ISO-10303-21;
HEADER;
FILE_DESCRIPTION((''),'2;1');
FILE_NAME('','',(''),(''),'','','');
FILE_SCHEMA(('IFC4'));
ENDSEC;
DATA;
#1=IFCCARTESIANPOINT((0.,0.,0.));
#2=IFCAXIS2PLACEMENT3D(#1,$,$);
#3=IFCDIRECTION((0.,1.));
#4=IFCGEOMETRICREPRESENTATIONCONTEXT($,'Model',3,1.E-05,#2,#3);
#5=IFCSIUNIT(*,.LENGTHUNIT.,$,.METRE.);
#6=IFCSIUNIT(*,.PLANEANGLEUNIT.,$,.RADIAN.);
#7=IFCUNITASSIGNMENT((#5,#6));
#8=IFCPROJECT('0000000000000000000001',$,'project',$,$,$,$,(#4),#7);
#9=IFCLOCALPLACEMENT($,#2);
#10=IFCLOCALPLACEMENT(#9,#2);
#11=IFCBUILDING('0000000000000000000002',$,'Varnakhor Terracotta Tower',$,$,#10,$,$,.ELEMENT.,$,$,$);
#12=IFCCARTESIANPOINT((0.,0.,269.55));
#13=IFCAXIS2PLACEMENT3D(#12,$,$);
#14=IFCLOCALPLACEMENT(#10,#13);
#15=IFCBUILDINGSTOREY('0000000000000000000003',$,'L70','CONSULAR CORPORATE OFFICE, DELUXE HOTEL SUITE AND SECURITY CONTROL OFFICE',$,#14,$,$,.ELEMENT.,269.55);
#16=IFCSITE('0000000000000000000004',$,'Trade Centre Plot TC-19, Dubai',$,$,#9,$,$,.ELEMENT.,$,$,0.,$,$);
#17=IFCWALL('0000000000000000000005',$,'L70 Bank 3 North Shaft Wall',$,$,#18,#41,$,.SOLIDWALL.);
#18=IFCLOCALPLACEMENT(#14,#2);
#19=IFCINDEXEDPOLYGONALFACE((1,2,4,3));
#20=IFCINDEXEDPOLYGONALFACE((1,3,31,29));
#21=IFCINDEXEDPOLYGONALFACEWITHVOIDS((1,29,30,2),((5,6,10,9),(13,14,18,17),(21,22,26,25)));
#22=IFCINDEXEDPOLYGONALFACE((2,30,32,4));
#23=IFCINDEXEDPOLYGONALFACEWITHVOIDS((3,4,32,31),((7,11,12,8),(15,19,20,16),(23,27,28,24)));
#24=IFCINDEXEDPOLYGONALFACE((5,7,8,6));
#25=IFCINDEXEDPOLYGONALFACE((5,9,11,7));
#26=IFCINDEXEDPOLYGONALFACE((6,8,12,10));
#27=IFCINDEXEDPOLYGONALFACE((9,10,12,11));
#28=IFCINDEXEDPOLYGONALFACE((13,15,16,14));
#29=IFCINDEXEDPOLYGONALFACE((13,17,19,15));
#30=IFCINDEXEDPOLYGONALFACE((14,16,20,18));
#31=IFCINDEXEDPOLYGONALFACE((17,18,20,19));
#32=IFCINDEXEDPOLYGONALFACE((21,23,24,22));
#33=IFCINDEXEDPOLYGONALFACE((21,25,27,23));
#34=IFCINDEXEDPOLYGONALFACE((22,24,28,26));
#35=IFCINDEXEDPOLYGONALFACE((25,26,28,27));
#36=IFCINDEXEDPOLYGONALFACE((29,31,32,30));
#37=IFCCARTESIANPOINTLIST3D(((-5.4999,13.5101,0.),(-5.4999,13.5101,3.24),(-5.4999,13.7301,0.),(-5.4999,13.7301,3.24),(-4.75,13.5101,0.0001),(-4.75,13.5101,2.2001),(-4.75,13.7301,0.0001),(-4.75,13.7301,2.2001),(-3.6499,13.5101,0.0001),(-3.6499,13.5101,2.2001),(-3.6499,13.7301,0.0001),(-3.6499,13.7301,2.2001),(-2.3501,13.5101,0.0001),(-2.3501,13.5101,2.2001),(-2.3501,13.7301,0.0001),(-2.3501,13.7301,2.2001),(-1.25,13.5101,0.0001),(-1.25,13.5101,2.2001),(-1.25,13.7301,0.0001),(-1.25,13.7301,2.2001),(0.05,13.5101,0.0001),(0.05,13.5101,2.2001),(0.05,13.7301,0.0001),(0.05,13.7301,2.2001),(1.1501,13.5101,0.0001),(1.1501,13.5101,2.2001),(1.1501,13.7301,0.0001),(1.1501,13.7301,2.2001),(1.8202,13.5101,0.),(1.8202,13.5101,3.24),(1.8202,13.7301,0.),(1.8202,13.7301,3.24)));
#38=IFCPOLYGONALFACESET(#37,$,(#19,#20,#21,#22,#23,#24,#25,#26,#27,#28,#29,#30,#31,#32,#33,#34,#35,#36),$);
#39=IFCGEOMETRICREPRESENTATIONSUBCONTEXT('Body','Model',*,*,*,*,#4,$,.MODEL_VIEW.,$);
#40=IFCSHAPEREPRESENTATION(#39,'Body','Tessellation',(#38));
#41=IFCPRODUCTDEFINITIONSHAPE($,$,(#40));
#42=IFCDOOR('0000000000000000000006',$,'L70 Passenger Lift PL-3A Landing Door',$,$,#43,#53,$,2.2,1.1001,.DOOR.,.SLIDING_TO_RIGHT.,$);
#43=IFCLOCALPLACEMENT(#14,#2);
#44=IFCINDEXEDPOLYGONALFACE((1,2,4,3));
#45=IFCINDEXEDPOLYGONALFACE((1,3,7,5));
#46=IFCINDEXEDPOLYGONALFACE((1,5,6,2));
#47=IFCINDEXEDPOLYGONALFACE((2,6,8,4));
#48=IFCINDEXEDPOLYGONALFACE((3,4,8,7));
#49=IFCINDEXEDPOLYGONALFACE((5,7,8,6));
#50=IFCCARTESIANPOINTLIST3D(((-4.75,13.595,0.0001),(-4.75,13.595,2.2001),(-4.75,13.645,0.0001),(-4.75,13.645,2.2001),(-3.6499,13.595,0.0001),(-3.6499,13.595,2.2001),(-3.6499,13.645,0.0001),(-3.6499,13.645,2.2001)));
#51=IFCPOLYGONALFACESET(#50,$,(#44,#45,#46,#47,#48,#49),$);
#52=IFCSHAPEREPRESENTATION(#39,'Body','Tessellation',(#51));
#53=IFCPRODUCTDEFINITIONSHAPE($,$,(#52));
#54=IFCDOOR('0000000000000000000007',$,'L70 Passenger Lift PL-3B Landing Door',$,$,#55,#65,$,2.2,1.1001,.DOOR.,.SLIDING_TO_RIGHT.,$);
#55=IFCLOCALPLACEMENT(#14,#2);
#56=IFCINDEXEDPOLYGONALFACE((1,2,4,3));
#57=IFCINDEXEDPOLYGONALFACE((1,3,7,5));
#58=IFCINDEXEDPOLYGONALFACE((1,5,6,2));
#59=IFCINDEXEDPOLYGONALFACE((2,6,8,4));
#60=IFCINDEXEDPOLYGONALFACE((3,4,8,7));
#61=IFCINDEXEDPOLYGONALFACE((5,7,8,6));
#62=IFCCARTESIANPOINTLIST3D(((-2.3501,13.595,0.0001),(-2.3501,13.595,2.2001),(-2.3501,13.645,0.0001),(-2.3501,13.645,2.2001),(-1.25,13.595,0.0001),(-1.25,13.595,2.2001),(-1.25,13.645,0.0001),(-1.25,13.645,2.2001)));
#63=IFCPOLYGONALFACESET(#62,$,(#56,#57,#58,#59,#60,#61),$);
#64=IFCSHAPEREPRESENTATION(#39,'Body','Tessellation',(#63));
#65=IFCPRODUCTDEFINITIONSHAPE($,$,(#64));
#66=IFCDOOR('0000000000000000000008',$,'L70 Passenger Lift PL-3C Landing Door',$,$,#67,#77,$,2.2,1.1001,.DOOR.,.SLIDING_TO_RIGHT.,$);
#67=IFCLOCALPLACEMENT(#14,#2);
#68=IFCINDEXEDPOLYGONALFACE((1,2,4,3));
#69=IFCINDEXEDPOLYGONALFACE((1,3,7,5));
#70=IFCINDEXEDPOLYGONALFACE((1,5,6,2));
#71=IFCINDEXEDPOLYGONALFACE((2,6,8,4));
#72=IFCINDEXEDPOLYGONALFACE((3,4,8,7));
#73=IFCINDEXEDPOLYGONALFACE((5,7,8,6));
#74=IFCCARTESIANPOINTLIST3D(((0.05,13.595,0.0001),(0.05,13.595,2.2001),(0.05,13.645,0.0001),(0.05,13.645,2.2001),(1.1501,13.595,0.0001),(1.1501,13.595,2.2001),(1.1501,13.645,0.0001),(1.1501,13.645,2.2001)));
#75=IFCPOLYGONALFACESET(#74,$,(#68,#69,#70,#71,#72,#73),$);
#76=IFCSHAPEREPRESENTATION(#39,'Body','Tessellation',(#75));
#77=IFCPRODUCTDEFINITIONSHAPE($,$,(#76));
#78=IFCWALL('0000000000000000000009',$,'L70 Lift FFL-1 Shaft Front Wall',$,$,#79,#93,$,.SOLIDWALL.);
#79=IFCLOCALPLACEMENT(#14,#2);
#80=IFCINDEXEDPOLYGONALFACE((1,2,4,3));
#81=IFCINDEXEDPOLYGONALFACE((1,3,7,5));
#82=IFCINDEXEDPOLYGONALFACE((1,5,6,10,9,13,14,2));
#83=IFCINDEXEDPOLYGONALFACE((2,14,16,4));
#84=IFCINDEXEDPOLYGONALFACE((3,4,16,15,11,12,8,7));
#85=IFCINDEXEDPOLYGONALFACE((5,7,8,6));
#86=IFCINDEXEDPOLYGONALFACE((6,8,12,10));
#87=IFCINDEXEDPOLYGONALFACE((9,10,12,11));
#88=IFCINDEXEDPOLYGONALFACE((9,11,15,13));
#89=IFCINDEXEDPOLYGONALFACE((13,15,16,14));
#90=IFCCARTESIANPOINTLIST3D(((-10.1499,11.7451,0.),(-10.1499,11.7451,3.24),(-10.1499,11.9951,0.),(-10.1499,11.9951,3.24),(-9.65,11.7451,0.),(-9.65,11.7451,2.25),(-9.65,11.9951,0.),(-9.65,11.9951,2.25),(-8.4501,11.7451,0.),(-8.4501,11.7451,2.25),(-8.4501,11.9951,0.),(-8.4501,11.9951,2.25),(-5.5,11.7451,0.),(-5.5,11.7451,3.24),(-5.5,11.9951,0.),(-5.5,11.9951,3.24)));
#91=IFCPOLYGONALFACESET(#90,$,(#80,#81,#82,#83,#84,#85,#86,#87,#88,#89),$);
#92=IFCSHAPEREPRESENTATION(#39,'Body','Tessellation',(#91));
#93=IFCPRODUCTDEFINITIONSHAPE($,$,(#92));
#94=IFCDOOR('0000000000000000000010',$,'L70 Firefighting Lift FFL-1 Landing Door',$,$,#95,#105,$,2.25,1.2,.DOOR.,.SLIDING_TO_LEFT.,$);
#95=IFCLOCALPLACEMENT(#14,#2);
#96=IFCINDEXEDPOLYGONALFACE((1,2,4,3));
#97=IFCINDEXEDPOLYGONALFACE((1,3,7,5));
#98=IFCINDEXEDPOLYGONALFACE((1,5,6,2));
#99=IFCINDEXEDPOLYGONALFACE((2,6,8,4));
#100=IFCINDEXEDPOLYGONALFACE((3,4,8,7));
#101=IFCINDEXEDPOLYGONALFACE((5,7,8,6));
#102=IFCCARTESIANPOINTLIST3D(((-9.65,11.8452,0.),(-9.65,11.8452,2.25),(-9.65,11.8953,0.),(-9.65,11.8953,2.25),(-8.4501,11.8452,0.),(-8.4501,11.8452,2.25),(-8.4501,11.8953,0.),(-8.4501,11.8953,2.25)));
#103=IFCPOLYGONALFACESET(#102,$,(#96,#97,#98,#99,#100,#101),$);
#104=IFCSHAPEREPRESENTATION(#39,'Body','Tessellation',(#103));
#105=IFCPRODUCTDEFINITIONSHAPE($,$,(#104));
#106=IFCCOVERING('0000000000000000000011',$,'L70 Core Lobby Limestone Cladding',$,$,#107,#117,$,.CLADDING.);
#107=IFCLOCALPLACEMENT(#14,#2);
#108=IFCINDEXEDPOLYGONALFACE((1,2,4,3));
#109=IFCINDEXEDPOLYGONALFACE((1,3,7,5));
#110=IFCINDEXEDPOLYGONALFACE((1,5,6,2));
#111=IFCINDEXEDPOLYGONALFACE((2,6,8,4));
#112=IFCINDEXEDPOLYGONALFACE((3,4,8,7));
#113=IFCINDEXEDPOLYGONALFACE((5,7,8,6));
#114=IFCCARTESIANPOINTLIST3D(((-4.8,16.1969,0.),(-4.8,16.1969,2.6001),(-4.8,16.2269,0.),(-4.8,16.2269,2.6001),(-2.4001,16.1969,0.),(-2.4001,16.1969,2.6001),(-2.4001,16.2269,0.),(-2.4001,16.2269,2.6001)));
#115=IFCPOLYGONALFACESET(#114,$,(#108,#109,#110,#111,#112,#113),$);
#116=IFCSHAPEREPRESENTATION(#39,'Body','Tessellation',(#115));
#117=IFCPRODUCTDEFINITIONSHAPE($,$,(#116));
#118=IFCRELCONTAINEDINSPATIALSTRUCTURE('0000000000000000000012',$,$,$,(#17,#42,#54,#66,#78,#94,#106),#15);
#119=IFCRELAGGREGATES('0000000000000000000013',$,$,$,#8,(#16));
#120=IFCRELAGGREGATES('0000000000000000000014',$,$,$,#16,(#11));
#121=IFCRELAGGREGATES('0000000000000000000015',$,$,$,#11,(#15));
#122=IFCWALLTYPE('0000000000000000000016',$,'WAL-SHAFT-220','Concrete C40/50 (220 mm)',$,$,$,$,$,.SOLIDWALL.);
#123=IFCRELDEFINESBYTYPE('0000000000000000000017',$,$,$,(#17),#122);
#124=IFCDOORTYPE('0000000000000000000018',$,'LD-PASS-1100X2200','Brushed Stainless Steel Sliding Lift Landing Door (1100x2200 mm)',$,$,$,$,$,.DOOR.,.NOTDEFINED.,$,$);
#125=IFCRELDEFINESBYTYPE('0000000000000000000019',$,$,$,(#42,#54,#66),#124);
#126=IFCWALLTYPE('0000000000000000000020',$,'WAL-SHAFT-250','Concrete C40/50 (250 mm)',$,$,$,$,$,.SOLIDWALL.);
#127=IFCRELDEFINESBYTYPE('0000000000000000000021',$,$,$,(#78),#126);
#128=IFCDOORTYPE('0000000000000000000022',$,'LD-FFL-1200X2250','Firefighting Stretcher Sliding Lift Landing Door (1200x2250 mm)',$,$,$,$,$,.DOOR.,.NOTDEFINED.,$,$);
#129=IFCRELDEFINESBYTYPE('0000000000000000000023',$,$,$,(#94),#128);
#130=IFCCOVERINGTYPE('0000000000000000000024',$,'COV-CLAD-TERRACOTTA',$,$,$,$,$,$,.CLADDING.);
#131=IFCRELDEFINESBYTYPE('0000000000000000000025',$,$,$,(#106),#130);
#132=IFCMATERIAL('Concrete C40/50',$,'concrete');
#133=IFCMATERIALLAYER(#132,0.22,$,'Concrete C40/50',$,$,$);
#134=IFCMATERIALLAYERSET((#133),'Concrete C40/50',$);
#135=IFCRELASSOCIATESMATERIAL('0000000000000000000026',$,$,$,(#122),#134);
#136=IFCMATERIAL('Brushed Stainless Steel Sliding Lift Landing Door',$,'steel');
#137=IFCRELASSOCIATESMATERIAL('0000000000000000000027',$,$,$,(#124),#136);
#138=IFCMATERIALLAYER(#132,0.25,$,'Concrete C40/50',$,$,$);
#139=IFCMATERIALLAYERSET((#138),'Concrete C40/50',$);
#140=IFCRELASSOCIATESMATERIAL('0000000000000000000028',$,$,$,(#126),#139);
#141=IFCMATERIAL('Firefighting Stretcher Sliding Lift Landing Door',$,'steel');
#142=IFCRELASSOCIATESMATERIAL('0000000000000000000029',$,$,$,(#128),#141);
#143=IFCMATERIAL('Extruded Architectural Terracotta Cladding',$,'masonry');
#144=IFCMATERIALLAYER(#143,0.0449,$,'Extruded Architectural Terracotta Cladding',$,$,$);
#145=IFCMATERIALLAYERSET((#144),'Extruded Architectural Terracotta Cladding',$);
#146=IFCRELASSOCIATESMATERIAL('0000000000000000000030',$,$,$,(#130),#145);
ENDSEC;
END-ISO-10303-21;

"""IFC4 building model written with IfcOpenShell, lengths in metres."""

from ifc_helpers import new_model, si_unit, direction, frame, frame_2d, origin, origin_2d, place, context, subcontext, project, spatial, rectangle, extrude, source, transform, mapped, material, layer, layer_set, type_object, type_shapes, element, fill, save


model = new_model("IFC4")

# Units and contexts
model_context = context("Model", 3, precision=1e-05, world=origin(), true_north=direction((0.0, 1.0)))
body_context = subcontext(model_context, "Body", "Model", "MODEL_VIEW")
ifc_project = project(units=[si_unit("LENGTHUNIT", "METRE"), si_unit("PLANEANGLEUNIT", "RADIAN")], contexts=[model_context])

# Site, building, storey
site_placement = place(None, origin())
site = spatial("IfcSite", under=ifc_project, at=site_placement, Name="Trade Centre Plot TC-19, Dubai", CompositionType="ELEMENT", RefElevation=0.0)
building_placement = place(site_placement, origin())
building = spatial("IfcBuilding", under=site, at=building_placement, Name="Varnakhor Terracotta Tower", CompositionType="ELEMENT")
storey_placement = place(building_placement, frame((0.0, 0.0, 269.55)))
storey = spatial("IfcBuildingStorey", under=building, at=storey_placement, Name="L70", Description="CONSULAR CORPORATE OFFICE, DELUXE HOTEL SUITE AND SECURITY CONTROL OFFICE", CompositionType="ELEMENT", Elevation=269.55)

# Shared definitions
ifc_material_1 = material(Name="Concrete C40/50", Category="concrete")
ifc_layer_1 = layer(ifc_material_1, 0.22, Name="Concrete C40/50")
ifc_layer_set_1 = layer_set([ifc_layer_1], Name="Concrete C40/50")
wall_type_1 = type_object("IfcWallType", Name="WAL-SHAFT-220", Description="Concrete C40/50 (220 mm)", PredefinedType="SOLIDWALL", material=ifc_layer_set_1)

# Wall, openings, doors
wall_1_placement = place(storey_placement, frame((-5.5, 13.6201, 0.0), z_axis=(0.0, 0.0, 1.0), x_axis=(1.0, 0.0, 0.0)))
wall_1 = element("IfcWall", 1, at=wall_1_placement, inside=storey, type_object=wall_type_1, Name="L70 Bank 3 North Shaft Wall", PredefinedType="SOLIDWALL", context=body_context, shape_type="SweptSolid", body=[
    extrude(rectangle(XDim=7.3201, YDim=0.22, at=frame_2d((3.6602, 0.0))), origin(), (0.0, 0.0, 1.0), 3.24),
])
opening_1_placement = place(wall_1_placement, frame((0.75, 0.0, 0.0)))
opening_1 = element("IfcOpeningElement", 2, at=opening_1_placement, cuts=wall_1, PredefinedType="OPENING", context=body_context, shape_type="SweptSolid", body=[
    extrude(rectangle(XDim=1.1001, YDim=2.2, at=frame_2d((0.55, 1.1001))), frame((0.0, 0.1201, 0.0), z_axis=(0.0, -1.0, 0.0), x_axis=(1.0, 0.0, 0.0)), (0.0, 0.0, 1.0), 0.24),
])
opening_2_placement = place(wall_1_placement, frame((3.1499, 0.0, 0.0)))
opening_2 = element("IfcOpeningElement", 3, at=opening_2_placement, cuts=wall_1, PredefinedType="OPENING", context=body_context, shape_type="SweptSolid", body=[
    extrude(rectangle(XDim=1.1001, YDim=2.2, at=frame_2d((0.55, 1.1001))), frame((0.0, 0.1201, 0.0), z_axis=(0.0, -1.0, 0.0), x_axis=(1.0, 0.0, 0.0)), (0.0, 0.0, 1.0), 0.24),
])
opening_3_placement = place(wall_1_placement, frame((5.55, 0.0, 0.0)))
opening_3 = element("IfcOpeningElement", 4, at=opening_3_placement, cuts=wall_1, PredefinedType="OPENING", context=body_context, shape_type="SweptSolid", body=[
    extrude(rectangle(XDim=1.1001, YDim=2.2, at=frame_2d((0.55, 1.1001))), frame((0.0, 0.1201, 0.0), z_axis=(0.0, -1.0, 0.0), x_axis=(1.0, 0.0, 0.0)), (0.0, 0.0, 1.0), 0.24),
])
ifc_material_2 = material(Name="Brushed Stainless Steel Sliding Lift Landing Door", Category="steel")
door_type_1 = type_object("IfcDoorType", Name="LD-PASS-1100X2200", Description="Brushed Stainless Steel Sliding Lift Landing Door (1100x2200 mm)", OperationType="NOTDEFINED", PredefinedType="DOOR", material=ifc_material_2)
shared_shape_1 = source(origin(), body_context, "Body", "SweptSolid", [
    extrude(rectangle(XDim=1.1001, YDim=2.2, at=frame_2d((0.55, 1.1001))), frame((0.0, 0.0249, 0.0), z_axis=(0.0, -1.0, 0.0), x_axis=(1.0, 0.0, 0.0)), (0.0, 0.0, 1.0), 0.05),
])
type_shapes(door_type_1, [shared_shape_1])
door_1_placement = place(opening_1_placement, origin())
door_1 = element("IfcDoor", 5, at=door_1_placement, inside=storey, type_object=door_type_1, Name="L70 Passenger Lift PL-3A Landing Door", OperationType="SLIDING_TO_RIGHT", OverallHeight=2.2, OverallWidth=1.1001, PredefinedType="DOOR", context=body_context, shape_type="MappedRepresentation", body=[
    mapped(shared_shape_1, transform((0.0, 0.0, 0.0), scale=1.0)),
])
fill(opening_1, door_1)
door_2_placement = place(opening_2_placement, origin())
door_2 = element("IfcDoor", 6, at=door_2_placement, inside=storey, type_object=door_type_1, Name="L70 Passenger Lift PL-3B Landing Door", OperationType="SLIDING_TO_RIGHT", OverallHeight=2.2, OverallWidth=1.1001, PredefinedType="DOOR", context=body_context, shape_type="MappedRepresentation", body=[
    mapped(shared_shape_1, transform((0.0, 0.0, 0.0), scale=1.0)),
])
fill(opening_2, door_2)
door_3_placement = place(opening_3_placement, origin())
door_3 = element("IfcDoor", 7, at=door_3_placement, inside=storey, type_object=door_type_1, Name="L70 Passenger Lift PL-3C Landing Door", OperationType="SLIDING_TO_RIGHT", OverallHeight=2.2, OverallWidth=1.1001, PredefinedType="DOOR", context=body_context, shape_type="MappedRepresentation", body=[
    mapped(shared_shape_1, transform((0.0, 0.0, 0.0), scale=1.0)),
])
fill(opening_3, door_3)

# Wall, opening, door
ifc_layer_2 = layer(ifc_material_1, 0.25, Name="Concrete C40/50")
ifc_layer_set_2 = layer_set([ifc_layer_2], Name="Concrete C40/50")
wall_type_2 = type_object("IfcWallType", Name="WAL-SHAFT-250", Description="Concrete C40/50 (250 mm)", PredefinedType="SOLIDWALL", material=ifc_layer_set_2)
wall_2_placement = place(storey_placement, frame((-5.5, 11.8701, 0.0), z_axis=(0.0, 0.0, 1.0), x_axis=(-1.0, 0.0, 0.0)))
wall_2 = element("IfcWall", 8, at=wall_2_placement, inside=storey, type_object=wall_type_2, Name="L70 Lift FFL-1 Shaft Front Wall", PredefinedType="SOLIDWALL", context=body_context, shape_type="SweptSolid", body=[
    extrude(rectangle(XDim=4.6499, YDim=0.25, at=frame_2d((2.325, 0.0))), origin(), (0.0, 0.0, 1.0), 3.24),
])
opening_4_placement = place(wall_2_placement, frame((2.95, 0.0, 0.0)))
opening_4 = element("IfcOpeningElement", 9, at=opening_4_placement, cuts=wall_2, PredefinedType="OPENING", context=body_context, shape_type="SweptSolid", body=[
    extrude(rectangle(XDim=1.2, YDim=2.25, at=frame_2d((0.6001, 1.125))), frame((0.0, 0.135, 0.0), z_axis=(0.0, -1.0, 0.0), x_axis=(1.0, 0.0, 0.0)), (0.0, 0.0, 1.0), 0.27),
])
ifc_material_3 = material(Name="Firefighting Stretcher Sliding Lift Landing Door", Category="steel")
door_type_2 = type_object("IfcDoorType", Name="LD-FFL-1200X2250", Description="Firefighting Stretcher Sliding Lift Landing Door (1200x2250 mm)", OperationType="NOTDEFINED", PredefinedType="DOOR", material=ifc_material_3)
shared_shape_2 = source(origin(), body_context, "Body", "SweptSolid", [
    extrude(rectangle(XDim=1.2, YDim=2.25, at=frame_2d((0.6001, 1.125))), frame((0.0, 0.0249, 0.0), z_axis=(0.0, -1.0, 0.0), x_axis=(1.0, 0.0, 0.0)), (0.0, 0.0, 1.0), 0.05),
])
type_shapes(door_type_2, [shared_shape_2])
door_4_placement = place(opening_4_placement, origin())
door_4 = element("IfcDoor", 10, at=door_4_placement, inside=storey, type_object=door_type_2, Name="L70 Firefighting Lift FFL-1 Landing Door", OperationType="SLIDING_TO_LEFT", OverallHeight=2.25, OverallWidth=1.2, PredefinedType="DOOR", context=body_context, shape_type="MappedRepresentation", body=[
    mapped(shared_shape_2, transform((0.0, 0.0, 0.0), scale=1.0)),
])
fill(opening_4, door_4)

# Covering
ifc_material_4 = material(Name="Extruded Architectural Terracotta Cladding", Category="masonry")
ifc_layer_3 = layer(ifc_material_4, 0.0449, Name="Extruded Architectural Terracotta Cladding")
ifc_layer_set_3 = layer_set([ifc_layer_3], Name="Extruded Architectural Terracotta Cladding")
covering_type = type_object("IfcCoveringType", Name="COV-CLAD-TERRACOTTA", PredefinedType="CLADDING", material=ifc_layer_set_3)
shared_shape_3 = source(origin(), body_context, "Body", "SweptSolid", [
    extrude(rectangle(XDim=2.3999, YDim=0.03, at=origin_2d()), origin(), (0.0, 0.0, 1.0), 2.6001),
])
type_shapes(covering_type, [shared_shape_3])
covering_placement = place(storey_placement, frame((-3.6001, 16.2119, 0.0), z_axis=(0.0, 0.0, 1.0), x_axis=(1.0, 0.0, 0.0)))
element("IfcCovering", 11, at=covering_placement, inside=storey, type_object=covering_type, Name="L70 Core Lobby Limestone Cladding", PredefinedType="CLADDING", context=body_context, shape_type="MappedRepresentation", body=[
    mapped(shared_shape_3, transform((0.0, 0.0, 0.0), scale=1.0)),
])

save(model, "model.ifc")
